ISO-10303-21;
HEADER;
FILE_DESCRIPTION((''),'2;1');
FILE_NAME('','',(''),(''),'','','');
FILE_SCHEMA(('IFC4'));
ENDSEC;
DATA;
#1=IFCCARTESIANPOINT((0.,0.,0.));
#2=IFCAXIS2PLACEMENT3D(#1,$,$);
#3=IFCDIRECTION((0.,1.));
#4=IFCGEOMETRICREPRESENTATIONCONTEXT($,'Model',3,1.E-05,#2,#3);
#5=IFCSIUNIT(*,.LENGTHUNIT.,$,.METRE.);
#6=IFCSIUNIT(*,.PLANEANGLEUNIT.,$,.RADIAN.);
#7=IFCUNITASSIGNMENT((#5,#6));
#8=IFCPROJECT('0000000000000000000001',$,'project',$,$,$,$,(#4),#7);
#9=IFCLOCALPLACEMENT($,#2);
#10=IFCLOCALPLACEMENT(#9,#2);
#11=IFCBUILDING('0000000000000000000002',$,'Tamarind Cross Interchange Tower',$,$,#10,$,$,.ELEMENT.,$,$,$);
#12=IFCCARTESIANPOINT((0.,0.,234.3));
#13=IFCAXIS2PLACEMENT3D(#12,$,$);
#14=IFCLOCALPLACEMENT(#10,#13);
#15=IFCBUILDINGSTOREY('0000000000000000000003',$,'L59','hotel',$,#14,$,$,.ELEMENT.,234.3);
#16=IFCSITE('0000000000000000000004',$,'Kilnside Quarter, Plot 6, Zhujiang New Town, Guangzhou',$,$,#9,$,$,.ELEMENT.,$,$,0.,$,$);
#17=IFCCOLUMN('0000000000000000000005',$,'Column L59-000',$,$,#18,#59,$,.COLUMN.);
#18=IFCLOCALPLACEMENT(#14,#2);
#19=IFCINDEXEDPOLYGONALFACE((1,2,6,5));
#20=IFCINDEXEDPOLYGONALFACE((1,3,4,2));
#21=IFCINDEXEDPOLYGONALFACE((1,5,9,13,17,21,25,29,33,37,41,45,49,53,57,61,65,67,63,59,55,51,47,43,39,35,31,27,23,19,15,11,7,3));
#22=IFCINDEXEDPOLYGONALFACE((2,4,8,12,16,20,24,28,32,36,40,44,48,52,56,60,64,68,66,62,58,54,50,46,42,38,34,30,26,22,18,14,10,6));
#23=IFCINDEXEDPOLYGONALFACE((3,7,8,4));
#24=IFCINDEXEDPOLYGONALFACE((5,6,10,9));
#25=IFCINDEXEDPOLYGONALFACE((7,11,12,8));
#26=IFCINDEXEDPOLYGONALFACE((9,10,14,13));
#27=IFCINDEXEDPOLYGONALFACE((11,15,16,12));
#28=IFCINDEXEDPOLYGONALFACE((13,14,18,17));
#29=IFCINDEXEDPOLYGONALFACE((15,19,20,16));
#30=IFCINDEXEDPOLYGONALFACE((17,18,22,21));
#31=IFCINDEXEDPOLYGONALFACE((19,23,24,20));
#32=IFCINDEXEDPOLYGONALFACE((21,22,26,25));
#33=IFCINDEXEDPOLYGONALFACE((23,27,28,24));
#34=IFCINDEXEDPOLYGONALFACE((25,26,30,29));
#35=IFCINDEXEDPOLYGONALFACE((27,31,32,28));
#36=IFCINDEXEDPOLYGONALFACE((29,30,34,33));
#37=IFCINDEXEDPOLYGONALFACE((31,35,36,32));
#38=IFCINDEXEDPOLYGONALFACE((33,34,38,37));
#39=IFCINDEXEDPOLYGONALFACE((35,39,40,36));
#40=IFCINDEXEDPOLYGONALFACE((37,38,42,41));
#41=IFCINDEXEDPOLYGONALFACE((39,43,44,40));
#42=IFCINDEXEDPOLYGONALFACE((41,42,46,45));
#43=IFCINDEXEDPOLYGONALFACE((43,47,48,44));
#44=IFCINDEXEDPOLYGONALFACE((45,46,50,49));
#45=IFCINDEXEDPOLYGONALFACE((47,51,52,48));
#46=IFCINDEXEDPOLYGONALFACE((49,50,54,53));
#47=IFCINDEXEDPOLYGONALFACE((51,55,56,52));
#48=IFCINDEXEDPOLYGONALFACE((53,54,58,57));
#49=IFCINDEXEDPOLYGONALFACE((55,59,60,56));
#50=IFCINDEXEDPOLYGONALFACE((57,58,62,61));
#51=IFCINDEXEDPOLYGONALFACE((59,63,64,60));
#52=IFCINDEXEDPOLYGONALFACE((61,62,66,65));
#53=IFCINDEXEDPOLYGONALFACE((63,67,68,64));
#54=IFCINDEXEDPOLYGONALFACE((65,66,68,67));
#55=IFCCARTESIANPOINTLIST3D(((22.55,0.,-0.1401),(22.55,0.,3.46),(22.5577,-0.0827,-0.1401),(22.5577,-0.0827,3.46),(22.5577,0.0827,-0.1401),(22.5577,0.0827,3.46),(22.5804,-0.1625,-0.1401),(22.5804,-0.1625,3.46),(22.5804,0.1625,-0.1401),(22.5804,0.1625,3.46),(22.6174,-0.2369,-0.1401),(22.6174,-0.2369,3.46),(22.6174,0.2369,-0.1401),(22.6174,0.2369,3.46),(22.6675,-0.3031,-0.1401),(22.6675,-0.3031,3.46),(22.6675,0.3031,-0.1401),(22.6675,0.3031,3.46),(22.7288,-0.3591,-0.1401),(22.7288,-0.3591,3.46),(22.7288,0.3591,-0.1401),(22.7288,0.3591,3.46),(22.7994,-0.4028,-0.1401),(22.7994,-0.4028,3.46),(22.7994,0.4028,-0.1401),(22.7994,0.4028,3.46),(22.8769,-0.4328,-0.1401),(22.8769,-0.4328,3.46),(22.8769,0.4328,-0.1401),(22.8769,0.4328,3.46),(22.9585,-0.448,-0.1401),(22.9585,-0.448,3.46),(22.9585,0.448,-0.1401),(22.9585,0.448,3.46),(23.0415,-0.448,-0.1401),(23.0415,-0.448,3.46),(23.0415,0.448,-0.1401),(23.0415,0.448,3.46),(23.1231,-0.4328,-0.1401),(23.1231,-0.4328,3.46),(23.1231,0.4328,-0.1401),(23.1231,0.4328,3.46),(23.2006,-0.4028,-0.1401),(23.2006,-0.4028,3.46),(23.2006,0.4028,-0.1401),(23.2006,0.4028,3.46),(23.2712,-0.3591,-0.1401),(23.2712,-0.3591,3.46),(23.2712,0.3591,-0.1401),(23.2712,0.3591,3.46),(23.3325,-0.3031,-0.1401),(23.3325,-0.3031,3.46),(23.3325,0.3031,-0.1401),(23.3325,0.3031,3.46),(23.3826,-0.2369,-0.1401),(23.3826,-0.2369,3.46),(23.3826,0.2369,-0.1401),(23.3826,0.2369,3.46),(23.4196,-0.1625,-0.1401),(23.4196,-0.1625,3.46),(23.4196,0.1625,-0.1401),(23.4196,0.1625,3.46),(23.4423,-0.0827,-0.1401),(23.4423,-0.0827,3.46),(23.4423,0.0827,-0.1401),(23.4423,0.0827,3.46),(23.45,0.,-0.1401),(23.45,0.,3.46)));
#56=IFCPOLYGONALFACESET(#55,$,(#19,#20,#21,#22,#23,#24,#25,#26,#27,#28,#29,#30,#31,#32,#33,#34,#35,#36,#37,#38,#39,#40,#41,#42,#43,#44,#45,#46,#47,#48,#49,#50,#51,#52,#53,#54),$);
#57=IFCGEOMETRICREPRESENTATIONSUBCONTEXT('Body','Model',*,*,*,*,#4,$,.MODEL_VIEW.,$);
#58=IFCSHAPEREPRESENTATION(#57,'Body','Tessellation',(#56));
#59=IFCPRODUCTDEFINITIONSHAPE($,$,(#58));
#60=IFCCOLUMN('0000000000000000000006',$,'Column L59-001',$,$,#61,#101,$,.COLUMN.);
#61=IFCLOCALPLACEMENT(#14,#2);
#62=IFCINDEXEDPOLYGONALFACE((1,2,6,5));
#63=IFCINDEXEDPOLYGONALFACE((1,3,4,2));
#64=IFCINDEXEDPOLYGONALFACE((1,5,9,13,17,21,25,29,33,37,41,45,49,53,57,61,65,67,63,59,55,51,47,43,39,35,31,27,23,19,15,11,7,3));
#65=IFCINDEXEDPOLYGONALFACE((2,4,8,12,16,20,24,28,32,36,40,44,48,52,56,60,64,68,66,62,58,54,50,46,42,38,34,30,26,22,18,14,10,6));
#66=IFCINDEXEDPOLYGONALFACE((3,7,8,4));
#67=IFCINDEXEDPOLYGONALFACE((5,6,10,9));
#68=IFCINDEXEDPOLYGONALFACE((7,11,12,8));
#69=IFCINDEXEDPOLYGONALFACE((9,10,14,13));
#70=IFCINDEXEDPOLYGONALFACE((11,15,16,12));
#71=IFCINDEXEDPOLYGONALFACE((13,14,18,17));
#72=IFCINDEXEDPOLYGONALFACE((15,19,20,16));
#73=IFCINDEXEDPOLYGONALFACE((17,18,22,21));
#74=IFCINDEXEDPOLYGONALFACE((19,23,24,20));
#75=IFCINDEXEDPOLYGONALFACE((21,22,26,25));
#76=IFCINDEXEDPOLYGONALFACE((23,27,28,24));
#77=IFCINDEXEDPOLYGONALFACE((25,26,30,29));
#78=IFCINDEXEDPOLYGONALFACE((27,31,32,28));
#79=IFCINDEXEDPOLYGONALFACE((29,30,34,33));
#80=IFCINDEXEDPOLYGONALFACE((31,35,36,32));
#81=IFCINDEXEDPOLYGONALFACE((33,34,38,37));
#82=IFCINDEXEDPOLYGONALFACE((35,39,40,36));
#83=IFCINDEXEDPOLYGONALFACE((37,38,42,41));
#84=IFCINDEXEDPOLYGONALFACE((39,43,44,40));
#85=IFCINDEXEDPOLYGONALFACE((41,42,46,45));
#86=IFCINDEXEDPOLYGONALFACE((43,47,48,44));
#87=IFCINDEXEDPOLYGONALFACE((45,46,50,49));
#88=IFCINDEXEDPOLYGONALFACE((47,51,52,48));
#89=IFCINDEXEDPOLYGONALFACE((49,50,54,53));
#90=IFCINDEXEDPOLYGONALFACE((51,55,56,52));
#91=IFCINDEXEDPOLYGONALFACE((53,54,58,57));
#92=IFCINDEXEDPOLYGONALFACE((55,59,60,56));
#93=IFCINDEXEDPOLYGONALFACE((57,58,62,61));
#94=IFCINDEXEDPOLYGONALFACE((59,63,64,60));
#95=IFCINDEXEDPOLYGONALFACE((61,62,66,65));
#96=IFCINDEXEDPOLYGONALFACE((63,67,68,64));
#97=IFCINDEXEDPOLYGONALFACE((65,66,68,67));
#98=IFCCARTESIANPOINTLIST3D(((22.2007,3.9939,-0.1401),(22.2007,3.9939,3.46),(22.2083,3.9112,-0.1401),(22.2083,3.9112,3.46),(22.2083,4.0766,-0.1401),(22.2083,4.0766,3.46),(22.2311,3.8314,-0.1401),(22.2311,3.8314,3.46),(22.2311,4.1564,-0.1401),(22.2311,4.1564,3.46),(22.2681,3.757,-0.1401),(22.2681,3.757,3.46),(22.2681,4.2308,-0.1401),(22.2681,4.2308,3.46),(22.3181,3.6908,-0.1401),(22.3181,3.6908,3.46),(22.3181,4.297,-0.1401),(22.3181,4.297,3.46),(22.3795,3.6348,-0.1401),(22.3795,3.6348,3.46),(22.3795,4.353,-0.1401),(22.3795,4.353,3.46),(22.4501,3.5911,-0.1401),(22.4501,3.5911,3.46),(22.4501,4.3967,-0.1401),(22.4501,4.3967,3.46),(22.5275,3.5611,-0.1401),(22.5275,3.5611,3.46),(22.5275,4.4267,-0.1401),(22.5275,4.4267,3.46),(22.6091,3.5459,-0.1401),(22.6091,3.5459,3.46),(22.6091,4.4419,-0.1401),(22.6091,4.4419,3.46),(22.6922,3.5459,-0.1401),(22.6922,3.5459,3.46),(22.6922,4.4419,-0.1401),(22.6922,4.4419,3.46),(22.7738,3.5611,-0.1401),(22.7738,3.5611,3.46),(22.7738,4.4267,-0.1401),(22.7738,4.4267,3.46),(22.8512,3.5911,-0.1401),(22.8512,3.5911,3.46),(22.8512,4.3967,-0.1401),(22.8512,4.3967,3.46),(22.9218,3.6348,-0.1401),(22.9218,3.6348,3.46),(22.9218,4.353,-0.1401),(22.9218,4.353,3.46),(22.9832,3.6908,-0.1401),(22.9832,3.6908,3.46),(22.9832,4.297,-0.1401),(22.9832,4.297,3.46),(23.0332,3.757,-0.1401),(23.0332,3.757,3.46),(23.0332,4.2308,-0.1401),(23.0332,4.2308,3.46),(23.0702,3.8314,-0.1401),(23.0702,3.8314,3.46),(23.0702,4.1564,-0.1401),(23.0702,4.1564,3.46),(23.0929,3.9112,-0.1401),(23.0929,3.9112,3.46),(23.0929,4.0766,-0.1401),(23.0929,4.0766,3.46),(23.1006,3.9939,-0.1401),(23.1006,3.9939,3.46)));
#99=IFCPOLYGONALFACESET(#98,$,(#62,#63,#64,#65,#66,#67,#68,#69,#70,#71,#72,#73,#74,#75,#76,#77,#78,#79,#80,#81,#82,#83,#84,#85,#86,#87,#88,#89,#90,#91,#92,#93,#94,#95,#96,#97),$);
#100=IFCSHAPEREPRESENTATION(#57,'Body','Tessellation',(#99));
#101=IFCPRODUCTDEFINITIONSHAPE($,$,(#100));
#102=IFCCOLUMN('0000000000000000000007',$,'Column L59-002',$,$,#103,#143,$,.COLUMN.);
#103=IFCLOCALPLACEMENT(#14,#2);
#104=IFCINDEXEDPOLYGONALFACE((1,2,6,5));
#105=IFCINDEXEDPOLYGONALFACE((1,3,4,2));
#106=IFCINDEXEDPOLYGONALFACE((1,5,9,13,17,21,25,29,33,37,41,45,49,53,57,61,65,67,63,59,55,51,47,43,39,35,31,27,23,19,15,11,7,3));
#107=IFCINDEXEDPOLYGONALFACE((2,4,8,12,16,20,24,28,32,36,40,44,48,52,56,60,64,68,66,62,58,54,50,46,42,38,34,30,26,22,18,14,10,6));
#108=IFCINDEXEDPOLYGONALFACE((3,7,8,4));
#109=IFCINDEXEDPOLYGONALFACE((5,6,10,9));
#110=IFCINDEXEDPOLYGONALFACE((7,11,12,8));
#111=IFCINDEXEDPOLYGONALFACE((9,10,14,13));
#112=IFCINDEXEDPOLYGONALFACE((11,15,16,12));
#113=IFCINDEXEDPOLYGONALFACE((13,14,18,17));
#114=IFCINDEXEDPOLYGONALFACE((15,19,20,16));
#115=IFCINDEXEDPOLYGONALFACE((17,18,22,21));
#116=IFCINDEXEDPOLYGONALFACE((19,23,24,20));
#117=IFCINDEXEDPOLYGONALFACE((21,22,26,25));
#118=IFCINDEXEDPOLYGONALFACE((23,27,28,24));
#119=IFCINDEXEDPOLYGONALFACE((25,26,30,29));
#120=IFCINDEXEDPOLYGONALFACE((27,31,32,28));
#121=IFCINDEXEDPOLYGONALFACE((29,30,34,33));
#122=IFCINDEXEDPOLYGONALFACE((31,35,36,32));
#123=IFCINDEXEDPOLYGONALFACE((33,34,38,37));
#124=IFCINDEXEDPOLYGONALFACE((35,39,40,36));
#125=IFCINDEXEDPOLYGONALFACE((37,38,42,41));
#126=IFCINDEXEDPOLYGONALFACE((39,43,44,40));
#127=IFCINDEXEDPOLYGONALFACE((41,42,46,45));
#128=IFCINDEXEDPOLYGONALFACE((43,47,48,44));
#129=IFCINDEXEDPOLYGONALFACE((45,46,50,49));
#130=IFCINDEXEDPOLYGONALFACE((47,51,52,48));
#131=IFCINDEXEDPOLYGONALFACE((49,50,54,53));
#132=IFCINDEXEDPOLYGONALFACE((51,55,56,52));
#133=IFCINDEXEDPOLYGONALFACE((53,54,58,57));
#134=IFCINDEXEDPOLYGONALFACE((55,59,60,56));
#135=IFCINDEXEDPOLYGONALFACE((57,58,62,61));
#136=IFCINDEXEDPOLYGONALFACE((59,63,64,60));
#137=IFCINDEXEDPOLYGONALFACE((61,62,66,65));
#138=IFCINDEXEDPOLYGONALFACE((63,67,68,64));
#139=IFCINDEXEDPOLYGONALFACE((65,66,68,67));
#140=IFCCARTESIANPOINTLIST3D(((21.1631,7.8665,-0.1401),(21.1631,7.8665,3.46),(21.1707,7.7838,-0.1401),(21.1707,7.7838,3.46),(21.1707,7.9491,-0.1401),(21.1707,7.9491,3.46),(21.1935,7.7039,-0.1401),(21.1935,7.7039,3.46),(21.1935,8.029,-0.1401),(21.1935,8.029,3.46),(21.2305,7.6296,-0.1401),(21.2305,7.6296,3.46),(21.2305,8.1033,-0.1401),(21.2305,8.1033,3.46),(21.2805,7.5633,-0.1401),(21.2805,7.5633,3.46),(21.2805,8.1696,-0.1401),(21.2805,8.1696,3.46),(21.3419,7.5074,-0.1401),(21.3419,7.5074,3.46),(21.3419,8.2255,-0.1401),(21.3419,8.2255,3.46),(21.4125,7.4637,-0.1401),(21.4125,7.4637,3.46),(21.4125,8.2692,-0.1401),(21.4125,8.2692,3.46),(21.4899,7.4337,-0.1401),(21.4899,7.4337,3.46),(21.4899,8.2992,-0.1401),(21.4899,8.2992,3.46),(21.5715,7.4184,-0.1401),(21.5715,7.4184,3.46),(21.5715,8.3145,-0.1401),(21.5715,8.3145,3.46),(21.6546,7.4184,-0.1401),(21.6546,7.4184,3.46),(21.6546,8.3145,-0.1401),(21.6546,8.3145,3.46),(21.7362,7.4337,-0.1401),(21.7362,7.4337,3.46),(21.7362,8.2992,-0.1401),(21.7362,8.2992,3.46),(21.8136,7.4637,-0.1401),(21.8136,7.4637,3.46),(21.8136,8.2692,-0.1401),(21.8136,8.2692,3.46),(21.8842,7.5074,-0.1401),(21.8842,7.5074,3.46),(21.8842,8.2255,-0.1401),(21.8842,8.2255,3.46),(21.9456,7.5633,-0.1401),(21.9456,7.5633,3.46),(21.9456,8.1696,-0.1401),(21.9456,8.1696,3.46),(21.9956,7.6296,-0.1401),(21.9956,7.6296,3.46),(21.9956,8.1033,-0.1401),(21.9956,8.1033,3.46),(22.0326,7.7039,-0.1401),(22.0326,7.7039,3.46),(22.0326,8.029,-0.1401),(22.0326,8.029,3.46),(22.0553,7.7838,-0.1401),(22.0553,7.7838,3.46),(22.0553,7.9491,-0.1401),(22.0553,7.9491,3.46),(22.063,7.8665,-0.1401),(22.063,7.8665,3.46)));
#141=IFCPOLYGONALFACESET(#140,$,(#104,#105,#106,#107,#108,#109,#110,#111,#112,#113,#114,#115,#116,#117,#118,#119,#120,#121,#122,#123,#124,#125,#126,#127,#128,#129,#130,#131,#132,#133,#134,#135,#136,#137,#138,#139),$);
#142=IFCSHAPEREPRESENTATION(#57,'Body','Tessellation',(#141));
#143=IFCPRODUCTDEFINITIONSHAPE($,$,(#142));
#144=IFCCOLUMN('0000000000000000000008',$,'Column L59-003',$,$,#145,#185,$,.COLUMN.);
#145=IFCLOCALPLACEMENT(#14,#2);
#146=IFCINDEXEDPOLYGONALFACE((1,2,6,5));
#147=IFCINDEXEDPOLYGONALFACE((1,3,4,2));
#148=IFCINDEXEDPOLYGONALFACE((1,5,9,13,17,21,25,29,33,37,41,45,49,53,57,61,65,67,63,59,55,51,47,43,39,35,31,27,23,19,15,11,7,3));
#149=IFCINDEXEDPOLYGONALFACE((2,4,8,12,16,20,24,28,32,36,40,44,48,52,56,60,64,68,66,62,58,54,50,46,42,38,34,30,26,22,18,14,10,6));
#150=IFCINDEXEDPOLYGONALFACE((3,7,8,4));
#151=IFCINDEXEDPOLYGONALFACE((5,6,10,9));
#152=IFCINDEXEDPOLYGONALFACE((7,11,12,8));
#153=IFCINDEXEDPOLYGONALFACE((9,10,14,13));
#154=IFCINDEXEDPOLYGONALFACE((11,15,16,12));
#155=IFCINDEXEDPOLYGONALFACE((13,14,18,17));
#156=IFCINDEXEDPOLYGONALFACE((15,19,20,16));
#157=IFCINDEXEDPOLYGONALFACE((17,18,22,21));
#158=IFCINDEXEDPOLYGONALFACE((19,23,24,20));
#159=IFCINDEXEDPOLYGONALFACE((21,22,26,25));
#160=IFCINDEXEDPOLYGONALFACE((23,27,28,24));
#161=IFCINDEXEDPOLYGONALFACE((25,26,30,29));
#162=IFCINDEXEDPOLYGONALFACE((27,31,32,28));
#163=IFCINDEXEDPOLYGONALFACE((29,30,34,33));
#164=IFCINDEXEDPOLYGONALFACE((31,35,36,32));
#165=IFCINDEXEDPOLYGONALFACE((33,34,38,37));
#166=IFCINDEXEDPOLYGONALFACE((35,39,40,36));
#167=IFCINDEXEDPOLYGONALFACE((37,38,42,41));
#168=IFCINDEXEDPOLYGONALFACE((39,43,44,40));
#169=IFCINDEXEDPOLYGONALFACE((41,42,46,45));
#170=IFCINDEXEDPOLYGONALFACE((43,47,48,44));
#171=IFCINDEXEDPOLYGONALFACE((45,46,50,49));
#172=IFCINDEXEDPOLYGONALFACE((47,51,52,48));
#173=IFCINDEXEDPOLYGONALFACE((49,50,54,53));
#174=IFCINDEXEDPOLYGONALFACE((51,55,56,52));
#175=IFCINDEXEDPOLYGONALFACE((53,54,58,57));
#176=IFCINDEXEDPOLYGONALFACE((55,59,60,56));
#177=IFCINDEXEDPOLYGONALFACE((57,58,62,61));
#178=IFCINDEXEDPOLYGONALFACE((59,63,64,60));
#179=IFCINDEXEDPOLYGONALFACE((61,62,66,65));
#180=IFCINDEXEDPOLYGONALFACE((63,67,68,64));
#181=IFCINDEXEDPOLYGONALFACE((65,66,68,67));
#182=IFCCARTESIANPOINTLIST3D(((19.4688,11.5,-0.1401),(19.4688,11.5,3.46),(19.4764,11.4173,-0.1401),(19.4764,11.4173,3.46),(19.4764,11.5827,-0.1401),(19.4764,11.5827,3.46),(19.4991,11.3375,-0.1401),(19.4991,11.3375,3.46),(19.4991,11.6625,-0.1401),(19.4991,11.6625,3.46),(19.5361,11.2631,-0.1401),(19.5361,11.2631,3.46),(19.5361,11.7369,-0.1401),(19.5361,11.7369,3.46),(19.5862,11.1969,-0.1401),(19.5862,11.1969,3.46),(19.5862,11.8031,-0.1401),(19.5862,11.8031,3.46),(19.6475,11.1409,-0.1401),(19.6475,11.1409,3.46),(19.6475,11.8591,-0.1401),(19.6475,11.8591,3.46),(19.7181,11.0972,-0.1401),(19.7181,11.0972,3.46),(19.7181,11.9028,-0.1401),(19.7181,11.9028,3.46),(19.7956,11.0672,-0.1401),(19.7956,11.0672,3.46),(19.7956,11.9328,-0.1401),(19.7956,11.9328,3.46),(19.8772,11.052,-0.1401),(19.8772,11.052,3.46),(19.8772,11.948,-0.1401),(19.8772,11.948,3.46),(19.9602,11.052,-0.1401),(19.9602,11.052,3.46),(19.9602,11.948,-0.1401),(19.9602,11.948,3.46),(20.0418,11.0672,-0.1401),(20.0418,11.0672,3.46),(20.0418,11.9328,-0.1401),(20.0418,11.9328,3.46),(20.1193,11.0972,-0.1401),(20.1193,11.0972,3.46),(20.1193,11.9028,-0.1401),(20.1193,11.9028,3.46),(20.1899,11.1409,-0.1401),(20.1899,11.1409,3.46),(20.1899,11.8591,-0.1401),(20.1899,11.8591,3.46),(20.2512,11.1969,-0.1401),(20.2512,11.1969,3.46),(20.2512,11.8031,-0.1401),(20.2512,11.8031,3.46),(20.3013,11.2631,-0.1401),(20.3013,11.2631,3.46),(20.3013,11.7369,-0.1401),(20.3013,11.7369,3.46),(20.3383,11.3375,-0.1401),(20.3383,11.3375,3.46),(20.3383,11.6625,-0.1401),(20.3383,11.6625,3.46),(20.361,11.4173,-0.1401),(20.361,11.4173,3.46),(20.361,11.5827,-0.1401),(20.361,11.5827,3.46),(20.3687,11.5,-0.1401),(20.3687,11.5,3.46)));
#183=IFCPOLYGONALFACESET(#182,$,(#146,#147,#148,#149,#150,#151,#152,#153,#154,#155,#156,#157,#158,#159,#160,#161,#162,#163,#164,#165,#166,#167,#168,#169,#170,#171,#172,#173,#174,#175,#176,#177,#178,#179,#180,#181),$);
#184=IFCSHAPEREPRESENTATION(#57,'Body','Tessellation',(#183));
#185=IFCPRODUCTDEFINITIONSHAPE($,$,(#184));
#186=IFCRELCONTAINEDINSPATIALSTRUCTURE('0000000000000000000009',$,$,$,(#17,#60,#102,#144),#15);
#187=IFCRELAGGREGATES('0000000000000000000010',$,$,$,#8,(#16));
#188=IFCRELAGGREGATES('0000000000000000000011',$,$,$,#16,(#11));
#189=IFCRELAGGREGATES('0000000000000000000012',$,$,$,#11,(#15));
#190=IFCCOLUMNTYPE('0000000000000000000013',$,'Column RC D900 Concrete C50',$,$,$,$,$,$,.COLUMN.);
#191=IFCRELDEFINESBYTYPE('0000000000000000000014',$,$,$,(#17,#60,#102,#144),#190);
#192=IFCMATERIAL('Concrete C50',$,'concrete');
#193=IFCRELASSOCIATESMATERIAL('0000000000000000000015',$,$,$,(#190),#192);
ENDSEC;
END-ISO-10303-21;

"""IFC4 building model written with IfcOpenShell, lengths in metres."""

from ifc_helpers import new_model, si_unit, direction, frame, origin, origin_2d, place, context, subcontext, project, spatial, circle, extrude, material, material_profile, profile_set, type_object, element, save


model = new_model("IFC4")

# Units and contexts
model_context = context("Model", 3, precision=1e-05, world=origin(), true_north=direction((0.0, 1.0)))
body_context = subcontext(model_context, "Body", "Model", "MODEL_VIEW")
ifc_project = project(units=[si_unit("LENGTHUNIT", "METRE"), si_unit("PLANEANGLEUNIT", "RADIAN")], contexts=[model_context])

# Site, building, storey
site_placement = place(None, origin())
site = spatial("IfcSite", under=ifc_project, at=site_placement, Name="Kilnside Quarter, Plot 6, Zhujiang New Town, Guangzhou", CompositionType="ELEMENT", RefElevation=0.0)
building_placement = place(site_placement, origin())
building = spatial("IfcBuilding", under=site, at=building_placement, Name="Tamarind Cross Interchange Tower", CompositionType="ELEMENT")
storey_placement = place(building_placement, frame((0.0, 0.0, 234.3)))
storey = spatial("IfcBuildingStorey", under=building, at=storey_placement, Name="L59", Description="hotel", CompositionType="ELEMENT", Elevation=234.3)

# Columns
ifc_material_1 = material(Name="Concrete C50", Category="concrete")
ifc_material_profile_1 = material_profile(ifc_material_1, circle(Radius=0.45, at=origin_2d()), Name="RC D900")
ifc_profile_set_1 = profile_set([ifc_material_profile_1], Name="Concrete C50")
column_type = type_object("IfcColumnType", Name="Column RC D900 Concrete C50", PredefinedType="COLUMN", material=ifc_profile_set_1)
for number, where, z_axis, x_axis, name in (
    (1, (23.0, 0.0, -0.1401), (0.0, 0.0, 1.0), (1.0, 0.0, 0.0), "Column L59-000"),
    (2, (22.6506, 3.9939, -0.1401), (0.0, 0.0, 1.0), (1.0, 0.0, 0.0), "Column L59-001"),
    (3, (21.613, 7.8665, -0.1401), (0.0, 0.0, 1.0), (1.0, 0.0, 0.0), "Column L59-002"),
    (4, (19.9187, 11.5, -0.1401), (0.0, 0.0, 1.0), (1.0, 0.0, 0.0), "Column L59-003"),
):
    element("IfcColumn", number, at=place(storey_placement, frame(where, z_axis=z_axis, x_axis=x_axis)), inside=storey, type_object=column_type, Name=name, PredefinedType="COLUMN", context=body_context, shape_type="SweptSolid", body=[
        extrude(circle(Radius=0.45, at=origin_2d()), origin(), (0.0, 0.0, 1.0), 3.6001),
    ])

save(model, "model.ifc")
